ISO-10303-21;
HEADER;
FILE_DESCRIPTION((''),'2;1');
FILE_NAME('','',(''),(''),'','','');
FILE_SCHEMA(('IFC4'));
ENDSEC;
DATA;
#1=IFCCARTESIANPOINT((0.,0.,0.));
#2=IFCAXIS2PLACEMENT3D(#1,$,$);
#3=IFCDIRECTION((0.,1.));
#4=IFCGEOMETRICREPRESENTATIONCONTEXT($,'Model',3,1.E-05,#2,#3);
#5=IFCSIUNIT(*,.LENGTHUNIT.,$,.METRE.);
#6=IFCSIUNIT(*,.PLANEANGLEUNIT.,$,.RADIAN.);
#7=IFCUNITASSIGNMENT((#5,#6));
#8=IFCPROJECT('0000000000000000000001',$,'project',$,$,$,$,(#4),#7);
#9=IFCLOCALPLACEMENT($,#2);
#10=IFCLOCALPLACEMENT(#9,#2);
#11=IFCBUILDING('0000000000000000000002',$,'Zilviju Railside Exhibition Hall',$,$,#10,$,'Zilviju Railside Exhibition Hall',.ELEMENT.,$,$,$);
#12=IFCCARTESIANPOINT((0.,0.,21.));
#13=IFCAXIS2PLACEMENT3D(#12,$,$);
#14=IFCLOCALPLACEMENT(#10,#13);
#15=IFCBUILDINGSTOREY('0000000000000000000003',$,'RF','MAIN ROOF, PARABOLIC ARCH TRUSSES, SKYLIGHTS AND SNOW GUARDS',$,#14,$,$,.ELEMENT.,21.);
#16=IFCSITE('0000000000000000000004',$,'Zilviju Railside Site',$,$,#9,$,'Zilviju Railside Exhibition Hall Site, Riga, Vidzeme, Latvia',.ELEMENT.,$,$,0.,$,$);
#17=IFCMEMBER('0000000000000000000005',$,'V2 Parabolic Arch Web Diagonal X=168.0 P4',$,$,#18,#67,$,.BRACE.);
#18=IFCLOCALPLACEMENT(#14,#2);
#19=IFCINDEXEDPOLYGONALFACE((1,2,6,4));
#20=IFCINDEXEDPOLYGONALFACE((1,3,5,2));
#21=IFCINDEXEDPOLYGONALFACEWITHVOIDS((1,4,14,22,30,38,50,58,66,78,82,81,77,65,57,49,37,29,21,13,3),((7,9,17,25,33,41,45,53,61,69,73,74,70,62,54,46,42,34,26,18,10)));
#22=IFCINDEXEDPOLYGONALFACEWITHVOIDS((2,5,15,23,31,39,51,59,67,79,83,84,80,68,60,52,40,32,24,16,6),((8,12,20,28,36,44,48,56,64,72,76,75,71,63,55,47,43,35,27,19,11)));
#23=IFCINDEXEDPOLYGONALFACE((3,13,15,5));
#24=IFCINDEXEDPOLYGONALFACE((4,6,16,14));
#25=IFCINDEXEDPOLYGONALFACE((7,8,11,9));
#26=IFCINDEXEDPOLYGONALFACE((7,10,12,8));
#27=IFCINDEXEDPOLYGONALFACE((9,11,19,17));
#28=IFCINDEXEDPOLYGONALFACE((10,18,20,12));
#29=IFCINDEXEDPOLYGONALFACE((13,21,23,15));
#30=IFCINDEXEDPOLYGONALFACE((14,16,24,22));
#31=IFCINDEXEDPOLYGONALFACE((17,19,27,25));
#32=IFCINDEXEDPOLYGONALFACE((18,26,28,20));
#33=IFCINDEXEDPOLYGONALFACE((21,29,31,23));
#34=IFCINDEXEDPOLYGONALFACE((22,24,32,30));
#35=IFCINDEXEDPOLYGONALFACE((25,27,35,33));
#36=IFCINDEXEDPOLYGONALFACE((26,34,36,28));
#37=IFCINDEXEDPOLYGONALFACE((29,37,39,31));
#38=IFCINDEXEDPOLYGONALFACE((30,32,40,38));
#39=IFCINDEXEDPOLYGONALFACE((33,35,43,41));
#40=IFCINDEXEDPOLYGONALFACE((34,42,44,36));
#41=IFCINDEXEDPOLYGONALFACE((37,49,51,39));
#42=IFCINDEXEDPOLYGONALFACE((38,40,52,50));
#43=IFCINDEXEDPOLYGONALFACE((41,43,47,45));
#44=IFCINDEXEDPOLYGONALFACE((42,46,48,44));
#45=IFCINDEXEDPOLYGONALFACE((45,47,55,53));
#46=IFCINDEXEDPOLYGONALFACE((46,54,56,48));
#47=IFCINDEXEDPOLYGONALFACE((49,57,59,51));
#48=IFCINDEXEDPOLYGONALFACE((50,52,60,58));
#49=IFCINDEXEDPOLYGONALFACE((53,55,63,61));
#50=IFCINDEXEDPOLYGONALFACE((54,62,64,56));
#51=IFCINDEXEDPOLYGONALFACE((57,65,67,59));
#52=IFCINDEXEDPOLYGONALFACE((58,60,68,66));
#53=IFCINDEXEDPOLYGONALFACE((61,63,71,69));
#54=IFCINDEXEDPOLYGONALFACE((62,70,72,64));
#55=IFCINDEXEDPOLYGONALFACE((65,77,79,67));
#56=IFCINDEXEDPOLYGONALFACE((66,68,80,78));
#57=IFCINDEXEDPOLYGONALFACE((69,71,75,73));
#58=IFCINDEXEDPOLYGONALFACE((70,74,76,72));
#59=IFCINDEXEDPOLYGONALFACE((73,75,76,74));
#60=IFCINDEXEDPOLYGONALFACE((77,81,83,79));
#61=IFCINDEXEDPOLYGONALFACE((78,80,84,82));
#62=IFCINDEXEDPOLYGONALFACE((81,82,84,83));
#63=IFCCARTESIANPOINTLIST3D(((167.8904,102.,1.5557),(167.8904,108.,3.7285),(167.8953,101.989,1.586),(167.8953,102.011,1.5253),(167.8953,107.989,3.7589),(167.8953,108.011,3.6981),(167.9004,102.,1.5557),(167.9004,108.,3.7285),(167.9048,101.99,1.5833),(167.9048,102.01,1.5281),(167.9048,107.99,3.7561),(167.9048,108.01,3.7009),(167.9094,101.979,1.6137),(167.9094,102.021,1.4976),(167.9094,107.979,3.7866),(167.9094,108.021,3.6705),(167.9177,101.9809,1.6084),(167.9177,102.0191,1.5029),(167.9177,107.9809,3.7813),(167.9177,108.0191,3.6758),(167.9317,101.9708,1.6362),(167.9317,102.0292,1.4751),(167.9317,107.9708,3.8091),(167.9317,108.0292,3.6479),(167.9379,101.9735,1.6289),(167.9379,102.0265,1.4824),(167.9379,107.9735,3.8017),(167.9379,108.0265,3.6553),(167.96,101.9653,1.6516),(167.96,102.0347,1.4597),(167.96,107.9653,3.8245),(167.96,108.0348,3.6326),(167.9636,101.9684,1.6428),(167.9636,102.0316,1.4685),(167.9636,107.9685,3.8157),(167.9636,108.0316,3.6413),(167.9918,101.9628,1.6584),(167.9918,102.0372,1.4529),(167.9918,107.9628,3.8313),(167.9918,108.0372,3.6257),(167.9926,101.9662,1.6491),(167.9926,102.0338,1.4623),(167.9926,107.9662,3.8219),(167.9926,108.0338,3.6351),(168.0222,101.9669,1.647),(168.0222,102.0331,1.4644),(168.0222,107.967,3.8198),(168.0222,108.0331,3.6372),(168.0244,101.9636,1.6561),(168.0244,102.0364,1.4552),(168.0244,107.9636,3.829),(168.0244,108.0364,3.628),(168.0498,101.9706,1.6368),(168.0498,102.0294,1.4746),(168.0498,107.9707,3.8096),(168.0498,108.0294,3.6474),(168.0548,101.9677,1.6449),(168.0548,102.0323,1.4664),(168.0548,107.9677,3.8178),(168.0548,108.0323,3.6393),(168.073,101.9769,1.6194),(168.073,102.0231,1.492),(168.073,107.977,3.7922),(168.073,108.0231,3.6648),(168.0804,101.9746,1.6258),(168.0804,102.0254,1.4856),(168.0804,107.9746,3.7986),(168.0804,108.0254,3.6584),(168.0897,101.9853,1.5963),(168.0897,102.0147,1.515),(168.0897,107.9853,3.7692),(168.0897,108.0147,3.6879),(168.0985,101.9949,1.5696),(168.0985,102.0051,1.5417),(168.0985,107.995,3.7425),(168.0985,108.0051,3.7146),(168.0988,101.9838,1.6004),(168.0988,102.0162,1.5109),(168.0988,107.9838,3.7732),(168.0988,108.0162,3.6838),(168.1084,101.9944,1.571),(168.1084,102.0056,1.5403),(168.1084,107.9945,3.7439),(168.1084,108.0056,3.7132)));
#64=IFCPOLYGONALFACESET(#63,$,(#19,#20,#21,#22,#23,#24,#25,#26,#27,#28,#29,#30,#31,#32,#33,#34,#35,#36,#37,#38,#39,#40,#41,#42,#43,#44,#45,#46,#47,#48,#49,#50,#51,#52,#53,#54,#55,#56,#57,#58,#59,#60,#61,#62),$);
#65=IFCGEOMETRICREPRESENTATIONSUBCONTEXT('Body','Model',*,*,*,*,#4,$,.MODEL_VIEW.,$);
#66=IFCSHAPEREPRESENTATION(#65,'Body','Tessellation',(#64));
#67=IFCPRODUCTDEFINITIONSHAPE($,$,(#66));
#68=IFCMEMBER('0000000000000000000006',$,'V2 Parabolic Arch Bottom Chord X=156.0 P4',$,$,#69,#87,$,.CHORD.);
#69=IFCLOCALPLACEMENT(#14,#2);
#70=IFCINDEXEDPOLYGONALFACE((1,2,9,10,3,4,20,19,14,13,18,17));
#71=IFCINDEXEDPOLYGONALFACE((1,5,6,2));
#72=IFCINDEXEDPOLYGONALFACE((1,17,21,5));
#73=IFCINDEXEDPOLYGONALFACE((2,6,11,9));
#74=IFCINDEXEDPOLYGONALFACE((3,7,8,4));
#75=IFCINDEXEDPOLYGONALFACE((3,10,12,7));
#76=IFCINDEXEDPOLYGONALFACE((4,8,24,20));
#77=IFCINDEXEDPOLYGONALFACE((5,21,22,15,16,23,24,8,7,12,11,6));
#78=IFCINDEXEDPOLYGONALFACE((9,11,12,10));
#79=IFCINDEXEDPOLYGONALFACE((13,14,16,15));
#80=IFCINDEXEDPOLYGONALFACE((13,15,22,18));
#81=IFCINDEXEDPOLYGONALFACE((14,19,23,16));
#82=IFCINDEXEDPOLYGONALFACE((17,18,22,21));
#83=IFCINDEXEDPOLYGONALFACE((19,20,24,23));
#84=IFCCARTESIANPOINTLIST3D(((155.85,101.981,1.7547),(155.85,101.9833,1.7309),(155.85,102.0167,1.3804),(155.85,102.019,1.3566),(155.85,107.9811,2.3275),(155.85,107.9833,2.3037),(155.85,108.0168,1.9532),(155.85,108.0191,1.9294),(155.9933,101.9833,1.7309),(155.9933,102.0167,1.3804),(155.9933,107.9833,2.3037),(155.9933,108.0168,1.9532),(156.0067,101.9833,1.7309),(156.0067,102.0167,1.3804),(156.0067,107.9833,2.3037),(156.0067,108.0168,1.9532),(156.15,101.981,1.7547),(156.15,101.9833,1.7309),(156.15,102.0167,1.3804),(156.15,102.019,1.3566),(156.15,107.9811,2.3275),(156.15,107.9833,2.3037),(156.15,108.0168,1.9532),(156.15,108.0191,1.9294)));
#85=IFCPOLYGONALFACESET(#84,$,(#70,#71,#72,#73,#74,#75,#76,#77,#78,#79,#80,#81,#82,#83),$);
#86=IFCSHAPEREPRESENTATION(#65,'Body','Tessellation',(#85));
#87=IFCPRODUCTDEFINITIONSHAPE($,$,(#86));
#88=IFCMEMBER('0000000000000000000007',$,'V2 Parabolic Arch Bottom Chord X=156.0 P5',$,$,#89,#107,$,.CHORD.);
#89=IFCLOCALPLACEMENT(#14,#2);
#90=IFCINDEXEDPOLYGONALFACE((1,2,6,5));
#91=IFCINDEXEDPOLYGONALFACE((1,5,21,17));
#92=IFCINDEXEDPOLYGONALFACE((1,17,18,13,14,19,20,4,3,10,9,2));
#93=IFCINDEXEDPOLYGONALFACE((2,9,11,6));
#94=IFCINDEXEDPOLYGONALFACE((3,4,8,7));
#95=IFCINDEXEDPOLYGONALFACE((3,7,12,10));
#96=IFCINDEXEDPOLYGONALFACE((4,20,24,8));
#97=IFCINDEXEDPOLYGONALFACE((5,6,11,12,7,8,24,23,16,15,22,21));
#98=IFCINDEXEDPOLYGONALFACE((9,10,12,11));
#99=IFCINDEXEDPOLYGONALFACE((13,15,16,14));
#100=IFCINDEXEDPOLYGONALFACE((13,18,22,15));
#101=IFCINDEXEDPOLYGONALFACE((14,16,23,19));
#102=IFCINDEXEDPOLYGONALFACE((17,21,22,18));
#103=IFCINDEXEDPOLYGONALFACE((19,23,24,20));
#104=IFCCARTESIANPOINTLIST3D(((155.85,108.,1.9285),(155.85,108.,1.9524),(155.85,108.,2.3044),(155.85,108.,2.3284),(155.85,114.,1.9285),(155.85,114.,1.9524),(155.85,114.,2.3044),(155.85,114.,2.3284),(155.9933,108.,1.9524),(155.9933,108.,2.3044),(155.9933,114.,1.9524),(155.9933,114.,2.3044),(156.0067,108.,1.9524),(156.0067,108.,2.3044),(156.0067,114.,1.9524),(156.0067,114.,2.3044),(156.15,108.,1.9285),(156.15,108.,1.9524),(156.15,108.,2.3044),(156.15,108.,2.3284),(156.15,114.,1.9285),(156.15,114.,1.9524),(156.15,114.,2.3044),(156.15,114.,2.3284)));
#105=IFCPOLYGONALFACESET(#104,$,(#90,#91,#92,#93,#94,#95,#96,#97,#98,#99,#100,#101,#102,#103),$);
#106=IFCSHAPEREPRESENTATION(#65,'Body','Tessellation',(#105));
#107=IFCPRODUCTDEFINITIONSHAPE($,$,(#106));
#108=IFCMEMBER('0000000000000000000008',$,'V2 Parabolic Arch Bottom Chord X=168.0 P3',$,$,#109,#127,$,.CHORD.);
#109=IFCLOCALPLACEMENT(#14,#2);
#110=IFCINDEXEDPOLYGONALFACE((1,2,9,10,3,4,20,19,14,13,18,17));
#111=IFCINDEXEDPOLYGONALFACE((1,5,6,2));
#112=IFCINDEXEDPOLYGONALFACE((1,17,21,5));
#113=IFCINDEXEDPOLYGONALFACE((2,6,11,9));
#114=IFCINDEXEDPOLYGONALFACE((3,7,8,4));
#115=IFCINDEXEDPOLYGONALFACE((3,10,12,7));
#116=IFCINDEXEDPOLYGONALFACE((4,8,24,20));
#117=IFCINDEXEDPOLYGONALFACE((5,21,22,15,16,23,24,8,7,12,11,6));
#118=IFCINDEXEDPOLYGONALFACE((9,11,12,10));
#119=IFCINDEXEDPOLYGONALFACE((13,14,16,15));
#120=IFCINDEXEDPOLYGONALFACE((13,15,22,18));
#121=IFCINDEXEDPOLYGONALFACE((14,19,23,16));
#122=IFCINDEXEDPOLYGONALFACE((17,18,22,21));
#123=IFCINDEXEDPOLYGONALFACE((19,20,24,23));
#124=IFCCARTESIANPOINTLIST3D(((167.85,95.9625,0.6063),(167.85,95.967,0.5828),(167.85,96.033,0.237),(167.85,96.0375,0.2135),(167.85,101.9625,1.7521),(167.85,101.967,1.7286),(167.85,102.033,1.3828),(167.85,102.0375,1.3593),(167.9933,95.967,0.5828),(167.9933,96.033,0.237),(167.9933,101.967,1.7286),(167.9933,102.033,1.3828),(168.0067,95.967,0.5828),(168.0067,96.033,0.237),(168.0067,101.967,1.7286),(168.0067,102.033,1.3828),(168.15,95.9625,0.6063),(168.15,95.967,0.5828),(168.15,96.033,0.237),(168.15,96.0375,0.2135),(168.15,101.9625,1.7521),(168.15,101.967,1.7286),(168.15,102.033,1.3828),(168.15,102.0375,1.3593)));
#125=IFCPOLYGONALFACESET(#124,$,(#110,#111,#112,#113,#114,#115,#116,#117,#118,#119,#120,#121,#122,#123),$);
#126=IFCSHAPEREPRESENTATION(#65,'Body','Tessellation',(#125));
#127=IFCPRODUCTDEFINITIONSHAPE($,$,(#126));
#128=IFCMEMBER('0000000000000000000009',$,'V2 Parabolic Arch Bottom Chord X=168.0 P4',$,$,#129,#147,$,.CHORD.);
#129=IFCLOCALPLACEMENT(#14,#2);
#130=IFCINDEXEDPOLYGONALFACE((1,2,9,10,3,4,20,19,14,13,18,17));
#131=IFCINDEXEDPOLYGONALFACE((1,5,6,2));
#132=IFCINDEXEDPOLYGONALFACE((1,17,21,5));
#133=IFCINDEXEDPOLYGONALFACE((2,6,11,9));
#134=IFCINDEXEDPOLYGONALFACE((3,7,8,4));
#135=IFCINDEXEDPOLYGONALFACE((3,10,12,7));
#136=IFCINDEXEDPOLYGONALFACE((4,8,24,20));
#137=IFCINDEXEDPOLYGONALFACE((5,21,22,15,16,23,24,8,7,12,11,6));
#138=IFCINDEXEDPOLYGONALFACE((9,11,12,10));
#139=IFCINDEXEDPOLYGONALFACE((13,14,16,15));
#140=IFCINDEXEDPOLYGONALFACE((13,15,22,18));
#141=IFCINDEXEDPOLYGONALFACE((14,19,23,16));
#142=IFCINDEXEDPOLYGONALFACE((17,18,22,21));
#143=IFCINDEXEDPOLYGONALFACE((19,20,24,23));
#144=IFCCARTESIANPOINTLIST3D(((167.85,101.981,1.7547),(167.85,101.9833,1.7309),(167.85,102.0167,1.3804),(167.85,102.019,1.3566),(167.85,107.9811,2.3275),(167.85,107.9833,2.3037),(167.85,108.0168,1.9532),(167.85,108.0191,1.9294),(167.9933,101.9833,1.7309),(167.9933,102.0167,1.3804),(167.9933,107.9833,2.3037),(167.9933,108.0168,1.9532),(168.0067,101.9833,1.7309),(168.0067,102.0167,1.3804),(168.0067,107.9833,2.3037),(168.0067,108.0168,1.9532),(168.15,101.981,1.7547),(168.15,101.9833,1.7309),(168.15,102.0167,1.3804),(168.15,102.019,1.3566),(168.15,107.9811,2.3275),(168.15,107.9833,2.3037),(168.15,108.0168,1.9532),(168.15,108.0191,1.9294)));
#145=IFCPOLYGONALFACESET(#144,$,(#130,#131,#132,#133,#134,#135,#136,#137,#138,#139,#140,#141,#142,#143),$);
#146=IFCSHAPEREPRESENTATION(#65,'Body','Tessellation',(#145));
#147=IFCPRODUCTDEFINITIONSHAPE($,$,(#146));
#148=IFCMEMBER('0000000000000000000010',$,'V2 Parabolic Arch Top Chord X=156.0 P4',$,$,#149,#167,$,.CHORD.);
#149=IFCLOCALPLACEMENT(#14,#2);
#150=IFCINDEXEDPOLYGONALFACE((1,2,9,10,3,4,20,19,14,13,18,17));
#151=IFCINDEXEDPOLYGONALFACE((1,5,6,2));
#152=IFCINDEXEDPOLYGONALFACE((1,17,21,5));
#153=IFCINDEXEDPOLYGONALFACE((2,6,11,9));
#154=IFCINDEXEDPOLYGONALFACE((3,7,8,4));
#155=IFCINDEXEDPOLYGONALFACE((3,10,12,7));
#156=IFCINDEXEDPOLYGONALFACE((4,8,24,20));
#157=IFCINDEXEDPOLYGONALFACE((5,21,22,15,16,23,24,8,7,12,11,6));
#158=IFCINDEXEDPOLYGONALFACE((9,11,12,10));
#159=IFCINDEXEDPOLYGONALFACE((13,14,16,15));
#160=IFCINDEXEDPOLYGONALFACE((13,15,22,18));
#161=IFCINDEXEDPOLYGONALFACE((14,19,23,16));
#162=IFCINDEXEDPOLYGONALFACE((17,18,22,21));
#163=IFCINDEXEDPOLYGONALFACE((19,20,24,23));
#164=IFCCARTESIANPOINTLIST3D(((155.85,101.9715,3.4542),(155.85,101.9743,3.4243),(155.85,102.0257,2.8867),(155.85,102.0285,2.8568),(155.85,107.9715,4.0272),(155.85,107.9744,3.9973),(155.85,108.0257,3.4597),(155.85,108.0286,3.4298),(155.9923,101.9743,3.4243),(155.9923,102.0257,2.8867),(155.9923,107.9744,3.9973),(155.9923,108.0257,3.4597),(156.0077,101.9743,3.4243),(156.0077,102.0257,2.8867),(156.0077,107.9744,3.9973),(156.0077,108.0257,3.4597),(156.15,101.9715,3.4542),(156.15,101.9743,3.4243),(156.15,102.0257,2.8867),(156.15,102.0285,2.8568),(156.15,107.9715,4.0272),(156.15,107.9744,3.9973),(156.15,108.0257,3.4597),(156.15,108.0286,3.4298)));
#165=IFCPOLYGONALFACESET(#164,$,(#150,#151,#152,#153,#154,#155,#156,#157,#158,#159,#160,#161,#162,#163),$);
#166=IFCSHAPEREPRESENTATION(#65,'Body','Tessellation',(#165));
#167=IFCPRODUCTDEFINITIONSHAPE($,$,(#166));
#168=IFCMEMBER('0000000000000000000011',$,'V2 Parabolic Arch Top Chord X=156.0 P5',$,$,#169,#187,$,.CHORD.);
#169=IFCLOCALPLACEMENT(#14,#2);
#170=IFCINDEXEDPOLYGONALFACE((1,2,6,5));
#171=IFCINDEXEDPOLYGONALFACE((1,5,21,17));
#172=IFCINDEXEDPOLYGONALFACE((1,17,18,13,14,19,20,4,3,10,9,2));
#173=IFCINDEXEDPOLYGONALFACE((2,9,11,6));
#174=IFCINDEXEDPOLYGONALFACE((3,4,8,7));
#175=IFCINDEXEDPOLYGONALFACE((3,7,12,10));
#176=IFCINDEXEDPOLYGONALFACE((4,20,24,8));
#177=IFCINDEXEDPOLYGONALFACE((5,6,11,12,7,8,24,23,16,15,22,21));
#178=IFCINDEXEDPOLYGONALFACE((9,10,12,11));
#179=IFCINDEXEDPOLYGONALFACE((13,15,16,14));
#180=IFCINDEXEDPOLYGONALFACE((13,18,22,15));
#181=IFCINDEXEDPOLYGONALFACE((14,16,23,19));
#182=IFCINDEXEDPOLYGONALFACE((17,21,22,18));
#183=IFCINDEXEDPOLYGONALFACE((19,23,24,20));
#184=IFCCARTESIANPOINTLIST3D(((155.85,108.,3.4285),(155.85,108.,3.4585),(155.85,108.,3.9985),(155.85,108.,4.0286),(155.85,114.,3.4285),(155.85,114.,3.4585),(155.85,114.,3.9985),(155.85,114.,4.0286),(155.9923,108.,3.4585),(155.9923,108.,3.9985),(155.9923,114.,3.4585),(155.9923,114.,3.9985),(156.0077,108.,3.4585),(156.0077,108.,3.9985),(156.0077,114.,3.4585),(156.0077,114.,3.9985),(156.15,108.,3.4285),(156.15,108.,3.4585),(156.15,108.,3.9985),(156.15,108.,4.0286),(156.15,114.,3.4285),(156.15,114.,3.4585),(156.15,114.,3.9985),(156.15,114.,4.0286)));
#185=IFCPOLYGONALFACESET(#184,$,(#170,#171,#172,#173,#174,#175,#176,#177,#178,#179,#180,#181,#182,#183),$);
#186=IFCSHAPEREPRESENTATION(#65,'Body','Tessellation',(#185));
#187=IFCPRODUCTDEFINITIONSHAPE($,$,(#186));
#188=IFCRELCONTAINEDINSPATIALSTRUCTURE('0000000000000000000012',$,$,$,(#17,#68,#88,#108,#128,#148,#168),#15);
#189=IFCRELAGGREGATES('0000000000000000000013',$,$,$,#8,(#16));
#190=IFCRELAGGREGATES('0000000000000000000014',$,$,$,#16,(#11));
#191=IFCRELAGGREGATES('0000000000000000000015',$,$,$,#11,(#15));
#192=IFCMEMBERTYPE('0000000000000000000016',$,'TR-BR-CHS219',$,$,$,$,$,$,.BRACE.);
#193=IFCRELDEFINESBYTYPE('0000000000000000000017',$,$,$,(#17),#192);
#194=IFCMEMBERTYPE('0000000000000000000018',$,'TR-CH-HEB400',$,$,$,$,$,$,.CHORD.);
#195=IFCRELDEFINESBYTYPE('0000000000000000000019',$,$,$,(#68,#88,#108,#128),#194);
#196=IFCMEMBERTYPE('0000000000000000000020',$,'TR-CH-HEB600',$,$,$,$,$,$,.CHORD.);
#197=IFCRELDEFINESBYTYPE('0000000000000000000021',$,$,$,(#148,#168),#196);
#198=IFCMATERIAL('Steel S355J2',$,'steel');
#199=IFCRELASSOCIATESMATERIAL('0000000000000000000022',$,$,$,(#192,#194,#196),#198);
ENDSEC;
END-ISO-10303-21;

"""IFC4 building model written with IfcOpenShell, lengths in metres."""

from ifc_helpers import new_model, si_unit, direction, frame, origin, origin_2d, place, context, subcontext, project, spatial, hollow_circle, i_section, extrude, material, material_profile, profile_set, type_object, element, save


model = new_model("IFC4")

# Units and contexts
model_context = context("Model", 3, precision=1e-05, world=origin(), true_north=direction((0.0, 1.0)))
body_context = subcontext(model_context, "Body", "Model", "MODEL_VIEW")
ifc_project = project(units=[si_unit("LENGTHUNIT", "METRE"), si_unit("PLANEANGLEUNIT", "RADIAN")], contexts=[model_context])

# Site, building, storey
site_placement = place(None, origin())
site = spatial("IfcSite", under=ifc_project, at=site_placement, Name="Zilviju Railside Site", LongName="Zilviju Railside Exhibition Hall Site, Riga, Vidzeme, Latvia", CompositionType="ELEMENT", RefElevation=0.0)
building_placement = place(site_placement, origin())
building = spatial("IfcBuilding", under=site, at=building_placement, Name="Zilviju Railside Exhibition Hall", LongName="Zilviju Railside Exhibition Hall", CompositionType="ELEMENT")
storey_placement = place(building_placement, frame((0.0, 0.0, 21.0)))
storey = spatial("IfcBuildingStorey", under=building, at=storey_placement, Name="RF", Description="MAIN ROOF, PARABOLIC ARCH TRUSSES, SKYLIGHTS AND SNOW GUARDS", CompositionType="ELEMENT", Elevation=21.0)

# Members
ifc_material_1 = material(Name="Steel S355J2", Category="steel")
ifc_material_profile_1 = material_profile(ifc_material_1, hollow_circle(Radius=0.1096, WallThickness=0.01, at=origin_2d()), Name="CHS 219.1x10.0")
ifc_profile_set_1 = profile_set([ifc_material_profile_1], Name="Steel S355J2")
member_type_1 = type_object("IfcMemberType", Name="TR-BR-CHS219", PredefinedType="BRACE", material=ifc_profile_set_1)
member_1_placement = place(storey_placement, frame((168.0, 102.0, 1.5557), z_axis=(0.0, 0.940244, 0.340502), x_axis=(-1.0, 0.0, 0.0)))
element("IfcMember", 1, at=member_1_placement, inside=storey, type_object=member_type_1, Name="V2 Parabolic Arch Web Diagonal X=168.0 P4", PredefinedType="BRACE", context=body_context, shape_type="SweptSolid", body=[
    extrude(hollow_circle(Radius=0.1096, WallThickness=0.01, at=origin_2d()), origin(), (0.0, 0.0, 1.0), 6.3813),
])
ifc_material_profile_2 = material_profile(ifc_material_1, i_section(OverallWidth=0.3, OverallDepth=0.3999, WebThickness=0.0134, FlangeThickness=0.0239, at=origin_2d()), Name="HEB 400")
ifc_profile_set_2 = profile_set([ifc_material_profile_2], Name="Steel S355J2")
member_type_2 = type_object("IfcMemberType", Name="TR-CH-HEB400", PredefinedType="CHORD", material=ifc_profile_set_2)
member_2_placement = place(storey_placement, frame((156.0, 102.0, 1.5557), z_axis=(0.0, 0.995475, 0.095027), x_axis=(-1.0, 0.0, 0.0)))
element("IfcMember", 2, at=member_2_placement, inside=storey, type_object=member_type_2, Name="V2 Parabolic Arch Bottom Chord X=156.0 P4", PredefinedType="CHORD", context=body_context, shape_type="SweptSolid", body=[
    extrude(i_section(OverallWidth=0.3, OverallDepth=0.3999, WebThickness=0.0134, FlangeThickness=0.0239, at=origin_2d()), origin(), (0.0, 0.0, 1.0), 6.0273),
])
member_3_placement = place(storey_placement, frame((156.0, 108.0, 2.1284), z_axis=(0.0, 1.0, 0.0), x_axis=(-1.0, 0.0, 0.0)))
element("IfcMember", 3, at=member_3_placement, inside=storey, type_object=member_type_2, Name="V2 Parabolic Arch Bottom Chord X=156.0 P5", PredefinedType="CHORD", context=body_context, shape_type="SweptSolid", body=[
    extrude(i_section(OverallWidth=0.3, OverallDepth=0.3999, WebThickness=0.0134, FlangeThickness=0.0239, at=origin_2d()), origin(), (0.0, 0.0, 1.0), 6.0),
])
member_4_placement = place(storey_placement, frame((168.0, 96.0, 0.4099), z_axis=(0.0, 0.982251, 0.187569), x_axis=(-1.0, 0.0, 0.0)))
element("IfcMember", 4, at=member_4_placement, inside=storey, type_object=member_type_2, Name="V2 Parabolic Arch Bottom Chord X=168.0 P3", PredefinedType="CHORD", context=body_context, shape_type="SweptSolid", body=[
    extrude(i_section(OverallWidth=0.3, OverallDepth=0.3999, WebThickness=0.0134, FlangeThickness=0.0239, at=origin_2d()), origin(), (0.0, 0.0, 1.0), 6.1084),
])
member_5_placement = place(storey_placement, frame((168.0, 102.0, 1.5557), z_axis=(0.0, 0.995475, 0.095027), x_axis=(-1.0, 0.0, 0.0)))
element("IfcMember", 5, at=member_5_placement, inside=storey, type_object=member_type_2, Name="V2 Parabolic Arch Bottom Chord X=168.0 P4", PredefinedType="CHORD", context=body_context, shape_type="SweptSolid", body=[
    extrude(i_section(OverallWidth=0.3, OverallDepth=0.3999, WebThickness=0.0134, FlangeThickness=0.0239, at=origin_2d()), origin(), (0.0, 0.0, 1.0), 6.0273),
])
ifc_material_profile_3 = material_profile(ifc_material_1, i_section(OverallWidth=0.3, OverallDepth=0.6001, WebThickness=0.0154, FlangeThickness=0.03, at=origin_2d()), Name="HEB 600")
ifc_profile_set_3 = profile_set([ifc_material_profile_3], Name="Steel S355J2")
member_type_3 = type_object("IfcMemberType", Name="TR-CH-HEB600", PredefinedType="CHORD", material=ifc_profile_set_3)
member_6_placement = place(storey_placement, frame((156.0, 102.0, 3.1555), z_axis=(0.0, 0.995471, 0.095067), x_axis=(-1.0, 0.0, 0.0)))
element("IfcMember", 6, at=member_6_placement, inside=storey, type_object=member_type_3, Name="V2 Parabolic Arch Top Chord X=156.0 P4", PredefinedType="CHORD", context=body_context, shape_type="SweptSolid", body=[
    extrude(i_section(OverallWidth=0.3, OverallDepth=0.6001, WebThickness=0.0154, FlangeThickness=0.03, at=origin_2d()), origin(), (0.0, 0.0, 1.0), 6.0273),
])
member_7_placement = place(storey_placement, frame((156.0, 108.0, 3.7285), z_axis=(0.0, 1.0, 0.0), x_axis=(-1.0, 0.0, 0.0)))
element("IfcMember", 7, at=member_7_placement, inside=storey, type_object=member_type_3, Name="V2 Parabolic Arch Top Chord X=156.0 P5", PredefinedType="CHORD", context=body_context, shape_type="SweptSolid", body=[
    extrude(i_section(OverallWidth=0.3, OverallDepth=0.6001, WebThickness=0.0154, FlangeThickness=0.03, at=origin_2d()), origin(), (0.0, 0.0, 1.0), 6.0),
])

save(model, "model.ifc")
